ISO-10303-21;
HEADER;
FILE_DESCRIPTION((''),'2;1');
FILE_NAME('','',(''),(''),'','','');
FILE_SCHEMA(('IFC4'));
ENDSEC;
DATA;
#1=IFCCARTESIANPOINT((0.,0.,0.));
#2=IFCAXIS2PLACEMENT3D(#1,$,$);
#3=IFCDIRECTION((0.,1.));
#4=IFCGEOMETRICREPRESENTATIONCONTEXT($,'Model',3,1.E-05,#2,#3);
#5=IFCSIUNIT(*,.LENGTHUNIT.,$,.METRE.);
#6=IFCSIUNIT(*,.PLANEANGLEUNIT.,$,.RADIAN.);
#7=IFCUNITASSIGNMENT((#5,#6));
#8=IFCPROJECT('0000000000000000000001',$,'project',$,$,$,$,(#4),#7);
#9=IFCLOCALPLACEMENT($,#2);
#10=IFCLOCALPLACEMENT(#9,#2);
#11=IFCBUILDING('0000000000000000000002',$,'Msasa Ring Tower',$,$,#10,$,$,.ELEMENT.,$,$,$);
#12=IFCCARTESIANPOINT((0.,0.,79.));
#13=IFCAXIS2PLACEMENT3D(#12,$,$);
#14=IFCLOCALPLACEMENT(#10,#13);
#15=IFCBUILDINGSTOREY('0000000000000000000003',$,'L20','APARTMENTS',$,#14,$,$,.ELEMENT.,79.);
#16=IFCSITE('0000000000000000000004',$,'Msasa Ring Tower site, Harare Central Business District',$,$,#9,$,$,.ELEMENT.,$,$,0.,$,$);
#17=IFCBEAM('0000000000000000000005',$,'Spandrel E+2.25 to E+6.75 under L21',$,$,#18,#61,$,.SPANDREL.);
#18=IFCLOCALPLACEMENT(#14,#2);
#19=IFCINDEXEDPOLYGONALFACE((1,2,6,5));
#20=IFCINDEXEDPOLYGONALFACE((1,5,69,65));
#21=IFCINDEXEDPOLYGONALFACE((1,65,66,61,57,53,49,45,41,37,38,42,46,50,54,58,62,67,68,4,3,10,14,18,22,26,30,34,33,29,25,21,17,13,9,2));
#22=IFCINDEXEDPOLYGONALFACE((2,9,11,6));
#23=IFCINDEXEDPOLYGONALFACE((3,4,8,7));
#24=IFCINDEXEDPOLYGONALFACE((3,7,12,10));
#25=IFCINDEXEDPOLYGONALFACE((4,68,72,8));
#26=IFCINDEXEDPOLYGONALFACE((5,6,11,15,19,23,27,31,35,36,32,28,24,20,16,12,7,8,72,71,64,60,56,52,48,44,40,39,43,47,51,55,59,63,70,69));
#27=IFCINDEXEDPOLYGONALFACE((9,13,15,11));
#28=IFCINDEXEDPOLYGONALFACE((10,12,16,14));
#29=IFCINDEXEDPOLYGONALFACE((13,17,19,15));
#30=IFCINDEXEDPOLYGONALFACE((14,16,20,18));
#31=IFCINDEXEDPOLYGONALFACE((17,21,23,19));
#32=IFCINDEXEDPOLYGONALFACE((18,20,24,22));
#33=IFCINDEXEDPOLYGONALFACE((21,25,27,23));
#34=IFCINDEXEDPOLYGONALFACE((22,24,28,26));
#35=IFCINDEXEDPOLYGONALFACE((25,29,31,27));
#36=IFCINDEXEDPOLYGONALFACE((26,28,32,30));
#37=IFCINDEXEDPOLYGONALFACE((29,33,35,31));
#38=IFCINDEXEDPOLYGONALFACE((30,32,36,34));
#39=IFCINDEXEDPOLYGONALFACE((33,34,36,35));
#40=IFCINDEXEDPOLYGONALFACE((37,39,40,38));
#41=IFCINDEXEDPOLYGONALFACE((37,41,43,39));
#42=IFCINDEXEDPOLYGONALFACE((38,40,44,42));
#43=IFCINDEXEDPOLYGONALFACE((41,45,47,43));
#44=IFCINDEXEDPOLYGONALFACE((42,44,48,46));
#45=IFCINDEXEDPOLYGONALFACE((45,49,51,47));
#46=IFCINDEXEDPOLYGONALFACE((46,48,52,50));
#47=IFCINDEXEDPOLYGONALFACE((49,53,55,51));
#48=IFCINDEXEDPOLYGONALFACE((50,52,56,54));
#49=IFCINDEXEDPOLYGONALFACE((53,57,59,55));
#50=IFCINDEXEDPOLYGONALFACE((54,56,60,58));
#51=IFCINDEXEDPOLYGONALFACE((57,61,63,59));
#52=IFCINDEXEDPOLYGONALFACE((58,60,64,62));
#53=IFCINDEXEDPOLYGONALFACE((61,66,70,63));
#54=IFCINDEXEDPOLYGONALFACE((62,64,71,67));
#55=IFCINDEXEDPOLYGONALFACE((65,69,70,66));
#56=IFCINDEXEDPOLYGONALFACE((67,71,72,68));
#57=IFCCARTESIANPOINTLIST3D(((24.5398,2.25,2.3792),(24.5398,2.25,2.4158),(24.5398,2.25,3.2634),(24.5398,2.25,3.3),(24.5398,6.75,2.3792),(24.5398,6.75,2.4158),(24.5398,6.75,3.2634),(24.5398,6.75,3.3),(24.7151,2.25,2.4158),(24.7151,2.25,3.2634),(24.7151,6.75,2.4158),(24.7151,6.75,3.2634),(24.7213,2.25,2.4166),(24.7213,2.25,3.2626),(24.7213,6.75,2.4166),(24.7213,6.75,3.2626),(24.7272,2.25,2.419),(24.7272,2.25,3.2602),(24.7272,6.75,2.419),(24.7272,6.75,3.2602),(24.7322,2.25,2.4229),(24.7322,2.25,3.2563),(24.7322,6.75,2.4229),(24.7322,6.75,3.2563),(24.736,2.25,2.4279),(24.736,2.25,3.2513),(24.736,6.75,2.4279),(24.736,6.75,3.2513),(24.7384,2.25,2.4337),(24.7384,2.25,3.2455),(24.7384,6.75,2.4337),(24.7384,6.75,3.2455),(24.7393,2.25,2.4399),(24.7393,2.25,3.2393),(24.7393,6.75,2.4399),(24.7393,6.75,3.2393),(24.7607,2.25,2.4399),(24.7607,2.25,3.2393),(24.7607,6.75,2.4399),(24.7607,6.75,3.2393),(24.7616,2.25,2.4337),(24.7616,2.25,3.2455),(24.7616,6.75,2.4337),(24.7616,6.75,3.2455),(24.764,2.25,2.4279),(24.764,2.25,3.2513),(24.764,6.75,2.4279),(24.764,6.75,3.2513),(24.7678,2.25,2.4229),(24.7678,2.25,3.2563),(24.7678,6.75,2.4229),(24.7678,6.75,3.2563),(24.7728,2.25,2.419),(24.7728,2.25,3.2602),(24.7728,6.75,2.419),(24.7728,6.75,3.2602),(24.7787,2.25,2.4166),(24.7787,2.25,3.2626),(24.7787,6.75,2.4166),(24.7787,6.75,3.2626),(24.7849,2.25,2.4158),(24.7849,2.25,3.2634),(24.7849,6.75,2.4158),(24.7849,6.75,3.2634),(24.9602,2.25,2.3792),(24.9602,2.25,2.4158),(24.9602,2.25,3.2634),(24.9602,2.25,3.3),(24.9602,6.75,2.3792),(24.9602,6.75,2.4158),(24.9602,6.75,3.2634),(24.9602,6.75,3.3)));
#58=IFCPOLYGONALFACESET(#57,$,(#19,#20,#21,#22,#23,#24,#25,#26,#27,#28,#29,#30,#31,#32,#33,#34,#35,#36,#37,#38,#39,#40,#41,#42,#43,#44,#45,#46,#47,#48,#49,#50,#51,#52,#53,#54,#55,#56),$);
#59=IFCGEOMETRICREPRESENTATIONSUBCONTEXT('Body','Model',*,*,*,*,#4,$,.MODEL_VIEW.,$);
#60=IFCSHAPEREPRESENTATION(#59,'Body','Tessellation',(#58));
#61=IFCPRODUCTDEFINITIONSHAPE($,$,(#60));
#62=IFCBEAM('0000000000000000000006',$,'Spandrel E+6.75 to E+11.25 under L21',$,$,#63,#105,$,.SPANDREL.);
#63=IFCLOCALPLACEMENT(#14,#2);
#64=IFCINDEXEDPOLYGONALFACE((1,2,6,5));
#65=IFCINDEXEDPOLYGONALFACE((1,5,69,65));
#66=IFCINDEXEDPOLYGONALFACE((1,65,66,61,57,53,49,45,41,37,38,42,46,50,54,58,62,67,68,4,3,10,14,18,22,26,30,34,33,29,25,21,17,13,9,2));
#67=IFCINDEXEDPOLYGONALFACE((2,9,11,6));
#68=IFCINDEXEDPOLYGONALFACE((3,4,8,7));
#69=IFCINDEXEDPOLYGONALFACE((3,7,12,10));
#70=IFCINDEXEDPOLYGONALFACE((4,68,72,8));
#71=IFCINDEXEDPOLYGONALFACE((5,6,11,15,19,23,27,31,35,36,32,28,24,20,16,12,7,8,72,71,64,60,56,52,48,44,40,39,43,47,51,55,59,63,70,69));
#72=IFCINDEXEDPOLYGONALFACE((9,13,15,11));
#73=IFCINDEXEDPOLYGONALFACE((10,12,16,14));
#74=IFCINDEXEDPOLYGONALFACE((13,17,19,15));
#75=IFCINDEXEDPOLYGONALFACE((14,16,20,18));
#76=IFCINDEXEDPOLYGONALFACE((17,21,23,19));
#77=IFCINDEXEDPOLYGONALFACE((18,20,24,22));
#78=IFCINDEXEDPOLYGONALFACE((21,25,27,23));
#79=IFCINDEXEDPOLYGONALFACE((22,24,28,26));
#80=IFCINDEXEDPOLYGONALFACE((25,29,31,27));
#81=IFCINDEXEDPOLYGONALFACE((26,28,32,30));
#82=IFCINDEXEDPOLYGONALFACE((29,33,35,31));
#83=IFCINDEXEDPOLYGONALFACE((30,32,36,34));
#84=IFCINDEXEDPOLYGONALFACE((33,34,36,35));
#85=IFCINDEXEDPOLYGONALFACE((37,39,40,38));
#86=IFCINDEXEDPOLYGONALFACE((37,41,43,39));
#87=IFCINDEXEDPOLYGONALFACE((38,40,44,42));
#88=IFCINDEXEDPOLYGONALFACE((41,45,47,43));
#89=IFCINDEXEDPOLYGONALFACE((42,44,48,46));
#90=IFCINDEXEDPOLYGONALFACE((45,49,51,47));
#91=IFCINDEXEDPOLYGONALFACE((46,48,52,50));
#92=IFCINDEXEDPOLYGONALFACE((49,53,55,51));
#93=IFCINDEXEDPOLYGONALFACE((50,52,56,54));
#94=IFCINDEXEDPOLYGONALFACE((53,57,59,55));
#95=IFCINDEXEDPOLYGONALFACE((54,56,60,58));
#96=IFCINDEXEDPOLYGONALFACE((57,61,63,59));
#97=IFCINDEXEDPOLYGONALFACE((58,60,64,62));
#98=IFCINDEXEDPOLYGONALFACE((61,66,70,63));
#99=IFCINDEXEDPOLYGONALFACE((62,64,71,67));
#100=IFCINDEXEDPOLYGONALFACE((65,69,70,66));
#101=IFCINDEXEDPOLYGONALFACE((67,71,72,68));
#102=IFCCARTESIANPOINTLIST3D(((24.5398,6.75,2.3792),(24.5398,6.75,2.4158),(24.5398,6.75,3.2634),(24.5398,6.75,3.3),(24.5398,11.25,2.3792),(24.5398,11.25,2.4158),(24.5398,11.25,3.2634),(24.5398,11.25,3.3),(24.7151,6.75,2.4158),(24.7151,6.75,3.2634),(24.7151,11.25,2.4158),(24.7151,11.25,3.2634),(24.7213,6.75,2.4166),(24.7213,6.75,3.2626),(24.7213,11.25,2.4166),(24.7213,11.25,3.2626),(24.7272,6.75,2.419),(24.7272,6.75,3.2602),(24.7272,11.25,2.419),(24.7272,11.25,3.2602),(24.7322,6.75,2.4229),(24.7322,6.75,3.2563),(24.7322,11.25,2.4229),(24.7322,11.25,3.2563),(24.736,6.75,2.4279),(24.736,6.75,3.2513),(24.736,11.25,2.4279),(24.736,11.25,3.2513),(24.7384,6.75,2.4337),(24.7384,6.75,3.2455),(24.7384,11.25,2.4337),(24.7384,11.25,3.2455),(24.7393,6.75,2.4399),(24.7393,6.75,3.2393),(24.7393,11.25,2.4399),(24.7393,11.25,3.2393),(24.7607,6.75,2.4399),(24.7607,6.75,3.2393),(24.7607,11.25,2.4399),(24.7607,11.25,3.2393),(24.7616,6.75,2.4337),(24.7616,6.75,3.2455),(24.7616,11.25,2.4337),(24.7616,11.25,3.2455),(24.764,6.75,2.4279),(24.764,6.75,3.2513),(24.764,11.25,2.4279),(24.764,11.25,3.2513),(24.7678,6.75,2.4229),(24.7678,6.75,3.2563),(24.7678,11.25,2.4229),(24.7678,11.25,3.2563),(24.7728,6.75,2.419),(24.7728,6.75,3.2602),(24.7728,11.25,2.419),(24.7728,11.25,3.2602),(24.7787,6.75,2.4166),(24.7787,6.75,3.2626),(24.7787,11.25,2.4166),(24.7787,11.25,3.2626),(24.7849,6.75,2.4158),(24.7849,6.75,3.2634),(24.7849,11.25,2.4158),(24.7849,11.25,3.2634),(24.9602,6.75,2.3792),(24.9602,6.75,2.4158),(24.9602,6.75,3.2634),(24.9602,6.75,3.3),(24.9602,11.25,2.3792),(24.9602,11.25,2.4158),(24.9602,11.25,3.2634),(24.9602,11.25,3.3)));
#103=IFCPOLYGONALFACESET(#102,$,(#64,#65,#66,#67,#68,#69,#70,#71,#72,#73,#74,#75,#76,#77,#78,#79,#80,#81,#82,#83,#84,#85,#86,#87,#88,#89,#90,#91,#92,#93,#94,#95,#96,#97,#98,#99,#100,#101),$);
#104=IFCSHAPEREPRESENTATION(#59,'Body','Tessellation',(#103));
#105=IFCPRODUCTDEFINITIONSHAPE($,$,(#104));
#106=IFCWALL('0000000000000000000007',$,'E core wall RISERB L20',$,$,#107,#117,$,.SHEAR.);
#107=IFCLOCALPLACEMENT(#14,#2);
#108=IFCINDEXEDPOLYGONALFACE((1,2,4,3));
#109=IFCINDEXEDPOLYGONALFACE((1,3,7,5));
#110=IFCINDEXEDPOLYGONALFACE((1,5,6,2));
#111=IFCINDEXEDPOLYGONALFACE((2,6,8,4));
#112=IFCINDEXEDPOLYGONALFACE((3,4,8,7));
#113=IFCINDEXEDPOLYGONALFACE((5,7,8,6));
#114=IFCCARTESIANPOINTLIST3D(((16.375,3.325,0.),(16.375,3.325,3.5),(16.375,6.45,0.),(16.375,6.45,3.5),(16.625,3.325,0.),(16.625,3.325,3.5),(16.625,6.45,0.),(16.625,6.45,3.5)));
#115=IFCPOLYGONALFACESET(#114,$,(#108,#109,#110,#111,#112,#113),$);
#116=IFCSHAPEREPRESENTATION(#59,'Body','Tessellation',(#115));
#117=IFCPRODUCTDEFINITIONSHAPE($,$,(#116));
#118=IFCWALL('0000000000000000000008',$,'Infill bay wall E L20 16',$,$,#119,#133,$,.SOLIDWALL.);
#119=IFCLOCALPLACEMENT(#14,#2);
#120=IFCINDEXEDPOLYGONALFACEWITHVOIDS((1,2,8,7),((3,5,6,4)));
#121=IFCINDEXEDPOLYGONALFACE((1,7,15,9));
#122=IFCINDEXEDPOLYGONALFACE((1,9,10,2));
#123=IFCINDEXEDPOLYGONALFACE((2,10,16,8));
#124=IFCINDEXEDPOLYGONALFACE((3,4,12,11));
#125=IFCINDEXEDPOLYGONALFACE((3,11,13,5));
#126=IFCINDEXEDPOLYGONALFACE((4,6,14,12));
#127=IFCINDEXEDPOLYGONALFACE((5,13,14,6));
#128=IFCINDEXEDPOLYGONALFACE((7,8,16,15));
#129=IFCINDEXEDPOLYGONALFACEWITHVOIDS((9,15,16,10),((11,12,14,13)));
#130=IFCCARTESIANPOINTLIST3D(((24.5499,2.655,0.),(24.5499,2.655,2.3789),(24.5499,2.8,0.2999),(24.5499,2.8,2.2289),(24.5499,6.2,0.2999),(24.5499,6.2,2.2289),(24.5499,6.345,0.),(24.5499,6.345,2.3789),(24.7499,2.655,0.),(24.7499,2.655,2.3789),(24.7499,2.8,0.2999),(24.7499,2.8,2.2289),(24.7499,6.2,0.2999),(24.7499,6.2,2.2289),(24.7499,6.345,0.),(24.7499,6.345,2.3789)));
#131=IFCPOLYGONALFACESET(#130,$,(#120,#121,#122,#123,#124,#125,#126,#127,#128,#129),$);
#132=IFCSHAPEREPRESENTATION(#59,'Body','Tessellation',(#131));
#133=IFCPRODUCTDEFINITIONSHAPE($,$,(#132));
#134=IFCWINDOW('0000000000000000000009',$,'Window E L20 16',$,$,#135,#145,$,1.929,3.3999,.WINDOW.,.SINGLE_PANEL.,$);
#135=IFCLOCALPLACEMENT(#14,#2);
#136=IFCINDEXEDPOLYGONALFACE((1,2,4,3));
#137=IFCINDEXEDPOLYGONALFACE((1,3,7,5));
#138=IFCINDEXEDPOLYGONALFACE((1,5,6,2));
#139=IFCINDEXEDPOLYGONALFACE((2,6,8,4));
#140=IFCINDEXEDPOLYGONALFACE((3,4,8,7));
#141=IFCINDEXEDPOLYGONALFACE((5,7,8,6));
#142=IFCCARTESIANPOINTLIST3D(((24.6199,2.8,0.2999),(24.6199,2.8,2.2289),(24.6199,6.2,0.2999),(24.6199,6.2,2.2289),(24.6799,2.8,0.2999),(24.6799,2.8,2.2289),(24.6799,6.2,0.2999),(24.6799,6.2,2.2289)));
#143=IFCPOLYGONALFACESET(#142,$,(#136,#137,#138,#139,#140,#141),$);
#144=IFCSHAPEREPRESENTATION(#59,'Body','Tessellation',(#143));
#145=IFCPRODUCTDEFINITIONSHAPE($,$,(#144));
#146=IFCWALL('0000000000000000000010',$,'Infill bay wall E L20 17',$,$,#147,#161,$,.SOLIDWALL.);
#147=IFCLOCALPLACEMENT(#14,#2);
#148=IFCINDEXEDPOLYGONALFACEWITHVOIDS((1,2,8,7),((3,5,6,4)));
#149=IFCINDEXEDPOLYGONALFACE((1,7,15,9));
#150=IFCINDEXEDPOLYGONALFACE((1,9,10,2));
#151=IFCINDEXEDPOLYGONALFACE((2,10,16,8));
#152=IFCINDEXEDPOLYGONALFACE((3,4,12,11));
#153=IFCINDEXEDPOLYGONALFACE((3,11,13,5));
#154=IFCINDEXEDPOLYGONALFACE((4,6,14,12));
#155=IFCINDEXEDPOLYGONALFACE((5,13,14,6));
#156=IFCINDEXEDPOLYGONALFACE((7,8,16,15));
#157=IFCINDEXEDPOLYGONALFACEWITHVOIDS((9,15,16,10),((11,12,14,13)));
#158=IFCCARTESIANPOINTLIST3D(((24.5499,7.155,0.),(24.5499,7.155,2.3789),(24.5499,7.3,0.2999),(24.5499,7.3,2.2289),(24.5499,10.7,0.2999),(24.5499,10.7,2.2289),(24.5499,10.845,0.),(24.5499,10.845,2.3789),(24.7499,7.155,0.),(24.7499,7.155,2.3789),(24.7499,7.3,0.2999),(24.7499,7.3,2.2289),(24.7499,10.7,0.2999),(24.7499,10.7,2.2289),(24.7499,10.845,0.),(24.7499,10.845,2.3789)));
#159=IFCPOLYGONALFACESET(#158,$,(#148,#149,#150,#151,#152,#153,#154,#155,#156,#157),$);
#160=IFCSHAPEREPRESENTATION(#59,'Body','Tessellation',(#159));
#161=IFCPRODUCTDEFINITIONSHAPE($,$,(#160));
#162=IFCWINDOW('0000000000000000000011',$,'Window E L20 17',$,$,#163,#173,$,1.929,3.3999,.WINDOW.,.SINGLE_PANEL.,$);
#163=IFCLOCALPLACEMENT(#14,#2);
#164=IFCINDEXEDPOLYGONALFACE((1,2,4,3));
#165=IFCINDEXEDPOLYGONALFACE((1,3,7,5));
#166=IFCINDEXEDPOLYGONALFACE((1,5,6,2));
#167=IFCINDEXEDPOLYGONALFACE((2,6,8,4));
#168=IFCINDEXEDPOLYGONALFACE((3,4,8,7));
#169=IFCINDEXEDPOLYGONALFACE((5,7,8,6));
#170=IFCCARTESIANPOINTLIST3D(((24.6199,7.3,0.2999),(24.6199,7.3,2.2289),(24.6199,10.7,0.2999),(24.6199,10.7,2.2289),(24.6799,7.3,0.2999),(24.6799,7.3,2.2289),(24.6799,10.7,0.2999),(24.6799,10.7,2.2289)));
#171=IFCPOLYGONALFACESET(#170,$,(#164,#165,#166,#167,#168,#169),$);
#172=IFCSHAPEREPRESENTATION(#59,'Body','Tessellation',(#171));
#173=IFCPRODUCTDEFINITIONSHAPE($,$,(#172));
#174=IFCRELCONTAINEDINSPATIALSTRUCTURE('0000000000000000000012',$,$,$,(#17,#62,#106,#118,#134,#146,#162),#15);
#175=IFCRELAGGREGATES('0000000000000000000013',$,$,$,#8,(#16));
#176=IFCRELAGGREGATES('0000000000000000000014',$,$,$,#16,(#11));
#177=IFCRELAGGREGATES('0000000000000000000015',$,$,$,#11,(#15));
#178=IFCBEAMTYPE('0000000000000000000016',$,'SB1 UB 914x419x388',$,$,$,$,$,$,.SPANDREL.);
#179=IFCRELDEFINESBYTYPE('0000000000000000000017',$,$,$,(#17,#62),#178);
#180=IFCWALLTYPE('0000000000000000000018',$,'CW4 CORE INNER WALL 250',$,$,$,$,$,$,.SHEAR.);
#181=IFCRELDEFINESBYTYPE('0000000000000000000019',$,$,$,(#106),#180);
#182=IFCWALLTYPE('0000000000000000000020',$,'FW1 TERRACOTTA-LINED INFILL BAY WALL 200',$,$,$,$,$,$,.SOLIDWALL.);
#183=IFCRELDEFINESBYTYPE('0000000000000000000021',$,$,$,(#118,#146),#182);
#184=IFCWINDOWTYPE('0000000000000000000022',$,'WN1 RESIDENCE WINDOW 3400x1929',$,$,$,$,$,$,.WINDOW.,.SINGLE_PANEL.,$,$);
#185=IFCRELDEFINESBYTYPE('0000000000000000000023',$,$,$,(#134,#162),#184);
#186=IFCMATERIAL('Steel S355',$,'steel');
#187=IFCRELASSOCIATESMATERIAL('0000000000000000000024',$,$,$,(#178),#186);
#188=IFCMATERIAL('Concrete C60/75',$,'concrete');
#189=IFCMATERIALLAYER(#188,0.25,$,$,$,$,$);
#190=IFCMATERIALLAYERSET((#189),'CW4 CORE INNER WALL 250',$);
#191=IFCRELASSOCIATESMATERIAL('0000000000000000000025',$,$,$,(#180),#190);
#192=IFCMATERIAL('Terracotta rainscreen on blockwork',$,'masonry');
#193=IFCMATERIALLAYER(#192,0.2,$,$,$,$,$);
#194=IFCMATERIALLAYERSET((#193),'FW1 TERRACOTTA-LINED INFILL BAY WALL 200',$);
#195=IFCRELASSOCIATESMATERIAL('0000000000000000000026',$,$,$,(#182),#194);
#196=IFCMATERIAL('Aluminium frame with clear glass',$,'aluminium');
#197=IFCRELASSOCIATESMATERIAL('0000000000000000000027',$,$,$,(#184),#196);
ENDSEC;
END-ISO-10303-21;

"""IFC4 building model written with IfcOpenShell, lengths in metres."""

from ifc_helpers import new_model, si_unit, direction, frame, frame_2d, origin, origin_2d, place, context, subcontext, project, spatial, rectangle, i_section, extrude, material, layer, layer_set, material_profile, profile_set, type_object, element, fill, save


model = new_model("IFC4")

# Units and contexts
model_context = context("Model", 3, precision=1e-05, world=origin(), true_north=direction((0.0, 1.0)))
body_context = subcontext(model_context, "Body", "Model", "MODEL_VIEW")
ifc_project = project(units=[si_unit("LENGTHUNIT", "METRE"), si_unit("PLANEANGLEUNIT", "RADIAN")], contexts=[model_context])

# Site, building, storey
site_placement = place(None, origin())
site = spatial("IfcSite", under=ifc_project, at=site_placement, Name="Msasa Ring Tower site, Harare Central Business District", CompositionType="ELEMENT", RefElevation=0.0)
building_placement = place(site_placement, origin())
building = spatial("IfcBuilding", under=site, at=building_placement, Name="Msasa Ring Tower", CompositionType="ELEMENT")
storey_placement = place(building_placement, frame((0.0, 0.0, 79.0)))
storey = spatial("IfcBuildingStorey", under=building, at=storey_placement, Name="L20", Description="APARTMENTS", CompositionType="ELEMENT", Elevation=79.0)

# Beams
ifc_material_1 = material(Name="Steel S355", Category="steel")
ifc_material_profile_1 = material_profile(ifc_material_1, i_section(OverallWidth=0.4204, OverallDepth=0.9209, WebThickness=0.0215, FlangeThickness=0.0366, FilletRadius=0.0242, at=origin_2d()), Name="UB 914x419x388")
ifc_profile_set_1 = profile_set([ifc_material_profile_1], Name="Steel S355")
beam_type_1 = type_object("IfcBeamType", Name="SB1 UB 914x419x388", PredefinedType="SPANDREL", material=ifc_profile_set_1)
for number, where, z_axis, x_axis, name in (
    (1, (24.75, 2.25, 2.8396), (0.0, 1.0, 0.0), (-1.0, 0.0, 0.0), "Spandrel E+2.25 to E+6.75 under L21"),
    (2, (24.75, 6.75, 2.8396), (0.0, 1.0, 0.0), (-1.0, 0.0, 0.0), "Spandrel E+6.75 to E+11.25 under L21"),
):
    element("IfcBeam", number, at=place(storey_placement, frame(where, z_axis=z_axis, x_axis=x_axis)), inside=storey, type_object=beam_type_1, Name=name, PredefinedType="SPANDREL", context=body_context, shape_type="SweptSolid", body=[
        extrude(i_section(OverallWidth=0.4204, OverallDepth=0.9209, WebThickness=0.0215, FlangeThickness=0.0366, FilletRadius=0.0242, at=origin_2d()), origin(), (0.0, 0.0, 1.0), 4.5),
    ])

# Wall
ifc_material_2 = material(Name="Concrete C60/75", Category="concrete")
ifc_layer_1 = layer(ifc_material_2, 0.25)
ifc_layer_set_1 = layer_set([ifc_layer_1], Name="CW4 CORE INNER WALL 250")
wall_type_1 = type_object("IfcWallType", Name="CW4 CORE INNER WALL 250", PredefinedType="SHEAR", material=ifc_layer_set_1)
wall_1_placement = place(storey_placement, frame((16.5, 3.325, 0.0), z_axis=(0.0, 0.0, 1.0), x_axis=(0.0, 1.0, 0.0)))
element("IfcWall", 3, at=wall_1_placement, inside=storey, type_object=wall_type_1, Name="E core wall RISERB L20", PredefinedType="SHEAR", context=body_context, shape_type="SweptSolid", body=[
    extrude(rectangle(XDim=3.125, YDim=0.25, at=frame_2d((1.5625, 0.0))), origin(), (0.0, 0.0, 1.0), 3.5),
])

# Walls, openings, windows
ifc_material_3 = material(Name="Terracotta rainscreen on blockwork", Category="masonry")
ifc_layer_2 = layer(ifc_material_3, 0.2)
ifc_layer_set_2 = layer_set([ifc_layer_2], Name="FW1 TERRACOTTA-LINED INFILL BAY WALL 200")
wall_type_2 = type_object("IfcWallType", Name="FW1 TERRACOTTA-LINED INFILL BAY WALL 200", PredefinedType="SOLIDWALL", material=ifc_layer_set_2)
wall_2_placement = place(storey_placement, frame((24.6499, 2.655, 0.0), z_axis=(0.0, 0.0, 1.0), x_axis=(0.0, 1.0, 0.0)))
wall_2 = element("IfcWall", 4, at=wall_2_placement, inside=storey, type_object=wall_type_2, Name="Infill bay wall E L20 16", PredefinedType="SOLIDWALL", context=body_context, shape_type="SweptSolid", body=[
    extrude(rectangle(XDim=3.6899, YDim=0.2, at=frame_2d((1.845, 0.0))), origin(), (0.0, 0.0, 1.0), 2.3789),
])
opening_1_placement = place(wall_2_placement, frame((0.145, 0.0, 0.3)))
opening_1 = element("IfcOpeningElement", 5, at=opening_1_placement, cuts=wall_2, PredefinedType="OPENING", context=body_context, shape_type="SweptSolid", body=[
    extrude(rectangle(XDim=3.3999, YDim=1.929, at=frame_2d((1.7, 0.9644))), frame((0.0, 0.1099, 0.0), z_axis=(0.0, -1.0, 0.0), x_axis=(1.0, 0.0, 0.0)), (0.0, 0.0, 1.0), 0.22),
])
ifc_material_4 = material(Name="Aluminium frame with clear glass", Category="aluminium")
window_type = type_object("IfcWindowType", Name="WN1 RESIDENCE WINDOW 3400x1929", PartitioningType="SINGLE_PANEL", PredefinedType="WINDOW", material=ifc_material_4)
window_1_placement = place(opening_1_placement, origin())
window_1 = element("IfcWindow", 6, at=window_1_placement, inside=storey, type_object=window_type, Name="Window E L20 16", OverallHeight=1.929, OverallWidth=3.3999, PartitioningType="SINGLE_PANEL", PredefinedType="WINDOW", context=body_context, shape_type="SweptSolid", body=[
    extrude(rectangle(XDim=3.3999, YDim=1.929, at=frame_2d((1.7, 0.9644))), frame((0.0, 0.03, 0.0), z_axis=(0.0, -1.0, 0.0), x_axis=(1.0, 0.0, 0.0)), (0.0, 0.0, 1.0), 0.0601),
])
fill(opening_1, window_1)
wall_3_placement = place(storey_placement, frame((24.6499, 7.155, 0.0), z_axis=(0.0, 0.0, 1.0), x_axis=(0.0, 1.0, 0.0)))
wall_3 = element("IfcWall", 7, at=wall_3_placement, inside=storey, type_object=wall_type_2, Name="Infill bay wall E L20 17", PredefinedType="SOLIDWALL", context=body_context, shape_type="SweptSolid", body=[
    extrude(rectangle(XDim=3.6899, YDim=0.2, at=frame_2d((1.845, 0.0))), origin(), (0.0, 0.0, 1.0), 2.3789),
])
opening_2_placement = place(wall_3_placement, frame((0.145, 0.0, 0.3)))
opening_2 = element("IfcOpeningElement", 8, at=opening_2_placement, cuts=wall_3, PredefinedType="OPENING", context=body_context, shape_type="SweptSolid", body=[
    extrude(rectangle(XDim=3.3999, YDim=1.929, at=frame_2d((1.7, 0.9644))), frame((0.0, 0.1099, 0.0), z_axis=(0.0, -1.0, 0.0), x_axis=(1.0, 0.0, 0.0)), (0.0, 0.0, 1.0), 0.22),
])
window_2_placement = place(opening_2_placement, origin())
window_2 = element("IfcWindow", 9, at=window_2_placement, inside=storey, type_object=window_type, Name="Window E L20 17", OverallHeight=1.929, OverallWidth=3.3999, PartitioningType="SINGLE_PANEL", PredefinedType="WINDOW", context=body_context, shape_type="SweptSolid", body=[
    extrude(rectangle(XDim=3.3999, YDim=1.929, at=frame_2d((1.7, 0.9644))), frame((0.0, 0.03, 0.0), z_axis=(0.0, -1.0, 0.0), x_axis=(1.0, 0.0, 0.0)), (0.0, 0.0, 1.0), 0.0601),
])
fill(opening_2, window_2)

save(model, "model.ifc")
